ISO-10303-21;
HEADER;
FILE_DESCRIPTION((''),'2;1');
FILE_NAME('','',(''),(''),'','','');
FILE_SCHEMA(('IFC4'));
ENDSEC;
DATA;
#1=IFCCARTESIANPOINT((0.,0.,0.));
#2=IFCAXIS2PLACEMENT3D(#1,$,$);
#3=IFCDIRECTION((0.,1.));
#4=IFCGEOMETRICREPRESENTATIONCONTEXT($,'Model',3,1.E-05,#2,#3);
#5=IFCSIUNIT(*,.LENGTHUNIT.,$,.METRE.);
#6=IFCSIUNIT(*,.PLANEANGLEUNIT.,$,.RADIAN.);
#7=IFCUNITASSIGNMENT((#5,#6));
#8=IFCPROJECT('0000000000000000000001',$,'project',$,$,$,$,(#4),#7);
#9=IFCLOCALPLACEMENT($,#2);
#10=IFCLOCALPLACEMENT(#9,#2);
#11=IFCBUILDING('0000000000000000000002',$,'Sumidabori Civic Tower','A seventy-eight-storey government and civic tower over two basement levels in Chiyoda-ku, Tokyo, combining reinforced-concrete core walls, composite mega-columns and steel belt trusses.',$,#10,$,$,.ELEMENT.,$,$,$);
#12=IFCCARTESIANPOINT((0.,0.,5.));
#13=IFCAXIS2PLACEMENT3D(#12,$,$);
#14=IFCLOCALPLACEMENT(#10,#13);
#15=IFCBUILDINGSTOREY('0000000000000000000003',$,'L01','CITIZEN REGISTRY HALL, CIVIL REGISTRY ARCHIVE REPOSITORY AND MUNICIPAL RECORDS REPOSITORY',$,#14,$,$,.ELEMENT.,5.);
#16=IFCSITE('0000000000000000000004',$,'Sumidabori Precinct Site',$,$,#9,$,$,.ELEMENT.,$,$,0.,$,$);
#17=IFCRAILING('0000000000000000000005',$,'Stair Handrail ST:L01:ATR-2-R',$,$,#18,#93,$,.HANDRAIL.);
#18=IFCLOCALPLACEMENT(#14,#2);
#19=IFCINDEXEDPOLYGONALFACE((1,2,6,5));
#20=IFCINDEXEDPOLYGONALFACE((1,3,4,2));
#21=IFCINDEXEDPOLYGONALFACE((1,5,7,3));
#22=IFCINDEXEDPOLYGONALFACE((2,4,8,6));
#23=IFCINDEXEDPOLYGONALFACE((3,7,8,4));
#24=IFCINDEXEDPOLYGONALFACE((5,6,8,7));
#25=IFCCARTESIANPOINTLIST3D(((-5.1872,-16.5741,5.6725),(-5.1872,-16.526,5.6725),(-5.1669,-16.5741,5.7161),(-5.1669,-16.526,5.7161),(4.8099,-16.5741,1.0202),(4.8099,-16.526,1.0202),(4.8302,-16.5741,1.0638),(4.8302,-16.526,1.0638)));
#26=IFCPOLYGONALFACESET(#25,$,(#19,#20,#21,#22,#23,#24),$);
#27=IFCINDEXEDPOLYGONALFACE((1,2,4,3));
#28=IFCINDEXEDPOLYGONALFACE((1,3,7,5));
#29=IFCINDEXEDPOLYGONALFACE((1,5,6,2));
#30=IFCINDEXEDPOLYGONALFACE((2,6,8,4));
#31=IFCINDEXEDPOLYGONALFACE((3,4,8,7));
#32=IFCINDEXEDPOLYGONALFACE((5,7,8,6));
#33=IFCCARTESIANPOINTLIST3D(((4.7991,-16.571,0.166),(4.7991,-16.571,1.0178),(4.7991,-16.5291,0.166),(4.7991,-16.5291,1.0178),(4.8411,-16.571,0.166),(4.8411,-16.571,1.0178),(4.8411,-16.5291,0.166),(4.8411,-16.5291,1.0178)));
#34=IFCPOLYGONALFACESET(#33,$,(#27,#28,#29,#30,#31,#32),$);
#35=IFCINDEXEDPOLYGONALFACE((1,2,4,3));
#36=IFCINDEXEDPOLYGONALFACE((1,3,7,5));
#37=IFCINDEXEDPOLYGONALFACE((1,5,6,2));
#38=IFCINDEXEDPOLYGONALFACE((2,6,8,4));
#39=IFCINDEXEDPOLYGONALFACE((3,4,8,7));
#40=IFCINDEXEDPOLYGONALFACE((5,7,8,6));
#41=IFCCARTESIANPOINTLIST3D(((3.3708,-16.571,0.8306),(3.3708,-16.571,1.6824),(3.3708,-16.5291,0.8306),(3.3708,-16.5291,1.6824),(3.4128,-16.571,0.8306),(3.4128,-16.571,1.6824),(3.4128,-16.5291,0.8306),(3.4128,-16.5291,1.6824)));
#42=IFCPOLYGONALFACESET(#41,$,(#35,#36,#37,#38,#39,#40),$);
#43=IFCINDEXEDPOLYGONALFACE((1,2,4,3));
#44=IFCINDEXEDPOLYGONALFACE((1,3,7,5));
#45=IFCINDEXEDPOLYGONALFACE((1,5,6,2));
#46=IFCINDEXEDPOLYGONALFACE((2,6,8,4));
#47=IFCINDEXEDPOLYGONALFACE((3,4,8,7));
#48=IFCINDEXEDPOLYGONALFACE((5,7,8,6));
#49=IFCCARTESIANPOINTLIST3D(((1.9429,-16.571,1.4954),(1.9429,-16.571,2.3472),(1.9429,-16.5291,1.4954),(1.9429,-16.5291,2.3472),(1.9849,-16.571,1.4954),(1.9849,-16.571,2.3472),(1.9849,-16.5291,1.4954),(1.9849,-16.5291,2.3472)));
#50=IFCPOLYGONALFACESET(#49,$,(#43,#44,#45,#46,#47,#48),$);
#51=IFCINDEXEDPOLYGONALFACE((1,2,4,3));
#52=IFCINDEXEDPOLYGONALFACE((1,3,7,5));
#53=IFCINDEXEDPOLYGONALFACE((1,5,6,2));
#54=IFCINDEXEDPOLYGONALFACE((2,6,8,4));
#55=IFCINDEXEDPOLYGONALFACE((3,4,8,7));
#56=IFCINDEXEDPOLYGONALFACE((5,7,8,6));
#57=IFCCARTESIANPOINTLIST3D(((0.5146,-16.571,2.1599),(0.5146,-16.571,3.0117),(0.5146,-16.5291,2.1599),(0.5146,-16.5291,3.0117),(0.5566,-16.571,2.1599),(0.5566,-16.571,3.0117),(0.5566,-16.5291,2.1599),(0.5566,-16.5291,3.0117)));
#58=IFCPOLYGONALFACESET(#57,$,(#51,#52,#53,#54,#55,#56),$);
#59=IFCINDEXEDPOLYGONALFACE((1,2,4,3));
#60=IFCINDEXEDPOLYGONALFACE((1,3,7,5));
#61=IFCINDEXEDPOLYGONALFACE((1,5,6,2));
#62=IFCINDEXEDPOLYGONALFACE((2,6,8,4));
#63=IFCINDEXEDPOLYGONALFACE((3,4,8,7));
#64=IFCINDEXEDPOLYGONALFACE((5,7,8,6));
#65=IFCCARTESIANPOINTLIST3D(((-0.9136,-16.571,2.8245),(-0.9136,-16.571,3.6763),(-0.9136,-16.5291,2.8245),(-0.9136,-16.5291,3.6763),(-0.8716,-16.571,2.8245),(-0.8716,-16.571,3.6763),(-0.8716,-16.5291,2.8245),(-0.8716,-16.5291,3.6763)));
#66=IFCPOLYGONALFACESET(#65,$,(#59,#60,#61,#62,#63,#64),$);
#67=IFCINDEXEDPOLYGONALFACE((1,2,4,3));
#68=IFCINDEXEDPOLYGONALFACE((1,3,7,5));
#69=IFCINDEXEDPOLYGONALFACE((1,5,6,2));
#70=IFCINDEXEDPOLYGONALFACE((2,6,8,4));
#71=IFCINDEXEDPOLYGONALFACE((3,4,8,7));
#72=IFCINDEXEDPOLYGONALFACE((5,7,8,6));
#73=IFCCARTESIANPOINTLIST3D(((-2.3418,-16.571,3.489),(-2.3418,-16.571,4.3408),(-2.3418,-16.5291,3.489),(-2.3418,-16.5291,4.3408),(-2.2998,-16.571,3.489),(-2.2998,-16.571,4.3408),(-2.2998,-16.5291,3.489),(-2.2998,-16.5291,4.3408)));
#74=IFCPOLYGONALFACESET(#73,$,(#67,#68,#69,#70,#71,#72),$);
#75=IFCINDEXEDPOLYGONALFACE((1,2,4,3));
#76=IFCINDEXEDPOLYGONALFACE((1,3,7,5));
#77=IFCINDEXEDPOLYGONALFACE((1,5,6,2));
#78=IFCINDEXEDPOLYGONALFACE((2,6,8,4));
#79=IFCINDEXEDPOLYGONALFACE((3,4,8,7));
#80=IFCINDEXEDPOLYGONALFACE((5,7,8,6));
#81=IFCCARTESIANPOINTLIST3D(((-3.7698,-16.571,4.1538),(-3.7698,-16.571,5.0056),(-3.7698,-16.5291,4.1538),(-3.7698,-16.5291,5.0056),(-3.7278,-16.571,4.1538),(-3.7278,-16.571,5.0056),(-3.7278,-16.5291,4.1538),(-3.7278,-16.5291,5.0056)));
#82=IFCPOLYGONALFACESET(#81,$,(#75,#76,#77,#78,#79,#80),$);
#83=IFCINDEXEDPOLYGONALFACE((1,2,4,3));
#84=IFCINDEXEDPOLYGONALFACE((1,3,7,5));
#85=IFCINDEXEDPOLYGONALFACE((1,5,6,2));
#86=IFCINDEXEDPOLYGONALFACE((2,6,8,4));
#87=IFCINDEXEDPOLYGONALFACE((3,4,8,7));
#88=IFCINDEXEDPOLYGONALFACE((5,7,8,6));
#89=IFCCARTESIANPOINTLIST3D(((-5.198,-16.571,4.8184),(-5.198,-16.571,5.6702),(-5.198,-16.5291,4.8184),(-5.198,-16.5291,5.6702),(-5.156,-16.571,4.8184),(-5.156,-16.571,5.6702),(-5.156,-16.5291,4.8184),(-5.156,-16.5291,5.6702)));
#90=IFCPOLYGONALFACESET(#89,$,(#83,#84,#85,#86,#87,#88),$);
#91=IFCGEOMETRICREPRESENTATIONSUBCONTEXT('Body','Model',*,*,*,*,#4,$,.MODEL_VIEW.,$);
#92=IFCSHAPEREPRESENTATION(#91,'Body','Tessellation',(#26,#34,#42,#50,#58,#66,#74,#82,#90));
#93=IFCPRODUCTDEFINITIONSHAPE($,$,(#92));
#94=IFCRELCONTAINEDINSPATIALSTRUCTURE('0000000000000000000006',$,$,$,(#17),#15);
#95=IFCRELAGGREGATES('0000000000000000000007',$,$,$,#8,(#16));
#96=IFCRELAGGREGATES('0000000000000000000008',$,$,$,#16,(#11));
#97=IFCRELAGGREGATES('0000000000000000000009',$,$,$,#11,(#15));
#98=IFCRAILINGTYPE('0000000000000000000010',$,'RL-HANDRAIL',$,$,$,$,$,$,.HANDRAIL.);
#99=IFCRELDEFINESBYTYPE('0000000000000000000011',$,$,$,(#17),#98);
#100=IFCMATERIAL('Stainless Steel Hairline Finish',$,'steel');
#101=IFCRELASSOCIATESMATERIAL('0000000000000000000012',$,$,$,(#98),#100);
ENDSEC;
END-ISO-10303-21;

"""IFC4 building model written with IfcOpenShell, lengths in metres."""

from ifc_helpers import new_model, si_unit, direction, frame, origin, origin_2d, place, context, subcontext, project, spatial, rectangle, extrude, material, type_object, element, save


model = new_model("IFC4")

# Units and contexts
model_context = context("Model", 3, precision=1e-05, world=origin(), true_north=direction((0.0, 1.0)))
body_context = subcontext(model_context, "Body", "Model", "MODEL_VIEW")
ifc_project = project(units=[si_unit("LENGTHUNIT", "METRE"), si_unit("PLANEANGLEUNIT", "RADIAN")], contexts=[model_context])

# Site, building, storey
site_placement = place(None, origin())
site = spatial("IfcSite", under=ifc_project, at=site_placement, Name="Sumidabori Precinct Site", CompositionType="ELEMENT", RefElevation=0.0)
building_placement = place(site_placement, origin())
building = spatial("IfcBuilding", under=site, at=building_placement, Name="Sumidabori Civic Tower", Description="A seventy-eight-storey government and civic tower over two basement levels in Chiyoda-ku, Tokyo, combining reinforced-concrete core walls, composite mega-columns and steel belt trusses.", CompositionType="ELEMENT")
storey_placement = place(building_placement, frame((0.0, 0.0, 5.0)))
storey = spatial("IfcBuildingStorey", under=building, at=storey_placement, Name="L01", Description="CITIZEN REGISTRY HALL, CIVIL REGISTRY ARCHIVE REPOSITORY AND MUNICIPAL RECORDS REPOSITORY", CompositionType="ELEMENT", Elevation=5.0)

# Railing
ifc_material_1 = material(Name="Stainless Steel Hairline Finish", Category="steel")
railing_type_1 = type_object("IfcRailingType", Name="RL-HANDRAIL", PredefinedType="HANDRAIL", material=ifc_material_1)
for number, where, name in (
    (1, (4.8201, -16.55, 0.166), "Stair Handrail ST:L01:ATR-2-R"),
):
    element("IfcRailing", number, at=place(storey_placement, frame(where)), inside=storey, type_object=railing_type_1, Name=name, PredefinedType="HANDRAIL", context=body_context, shape_type="SweptSolid", body=[
        extrude(rectangle(XDim=0.0481, YDim=0.0481, at=origin_2d()), frame((0.0, 0.0, 0.876), z_axis=(-0.906633, 0.0, 0.42192), x_axis=(0.0, -1.0, 0.0)), (0.0, 0.0, 1.0), 11.0266),
        extrude(rectangle(XDim=0.042, YDim=0.042, at=origin_2d()), origin(), (0.0, 0.0, 1.0), 0.8518),
        extrude(rectangle(XDim=0.042, YDim=0.042, at=origin_2d()), frame((-1.4282, 0.0, 0.6646)), (0.0, 0.0, 1.0), 0.8518),
        extrude(rectangle(XDim=0.042, YDim=0.042, at=origin_2d()), frame((-2.8562, 0.0, 1.3293)), (0.0, 0.0, 1.0), 0.8518),
        extrude(rectangle(XDim=0.042, YDim=0.042, at=origin_2d()), frame((-4.2844, 0.0, 1.9939)), (0.0, 0.0, 1.0), 0.8518),
        extrude(rectangle(XDim=0.042, YDim=0.042, at=origin_2d()), frame((-5.7126, 0.0, 2.6584)), (0.0, 0.0, 1.0), 0.8518),
        extrude(rectangle(XDim=0.042, YDim=0.042, at=origin_2d()), frame((-7.1409, 0.0, 3.323)), (0.0, 0.0, 1.0), 0.8518),
        extrude(rectangle(XDim=0.042, YDim=0.042, at=origin_2d()), frame((-8.5688, 0.0, 3.9878)), (0.0, 0.0, 1.0), 0.8518),
        extrude(rectangle(XDim=0.042, YDim=0.042, at=origin_2d()), frame((-9.9971, 0.0, 4.6523)), (0.0, 0.0, 1.0), 0.8518),
    ])

save(model, "model.ifc")
